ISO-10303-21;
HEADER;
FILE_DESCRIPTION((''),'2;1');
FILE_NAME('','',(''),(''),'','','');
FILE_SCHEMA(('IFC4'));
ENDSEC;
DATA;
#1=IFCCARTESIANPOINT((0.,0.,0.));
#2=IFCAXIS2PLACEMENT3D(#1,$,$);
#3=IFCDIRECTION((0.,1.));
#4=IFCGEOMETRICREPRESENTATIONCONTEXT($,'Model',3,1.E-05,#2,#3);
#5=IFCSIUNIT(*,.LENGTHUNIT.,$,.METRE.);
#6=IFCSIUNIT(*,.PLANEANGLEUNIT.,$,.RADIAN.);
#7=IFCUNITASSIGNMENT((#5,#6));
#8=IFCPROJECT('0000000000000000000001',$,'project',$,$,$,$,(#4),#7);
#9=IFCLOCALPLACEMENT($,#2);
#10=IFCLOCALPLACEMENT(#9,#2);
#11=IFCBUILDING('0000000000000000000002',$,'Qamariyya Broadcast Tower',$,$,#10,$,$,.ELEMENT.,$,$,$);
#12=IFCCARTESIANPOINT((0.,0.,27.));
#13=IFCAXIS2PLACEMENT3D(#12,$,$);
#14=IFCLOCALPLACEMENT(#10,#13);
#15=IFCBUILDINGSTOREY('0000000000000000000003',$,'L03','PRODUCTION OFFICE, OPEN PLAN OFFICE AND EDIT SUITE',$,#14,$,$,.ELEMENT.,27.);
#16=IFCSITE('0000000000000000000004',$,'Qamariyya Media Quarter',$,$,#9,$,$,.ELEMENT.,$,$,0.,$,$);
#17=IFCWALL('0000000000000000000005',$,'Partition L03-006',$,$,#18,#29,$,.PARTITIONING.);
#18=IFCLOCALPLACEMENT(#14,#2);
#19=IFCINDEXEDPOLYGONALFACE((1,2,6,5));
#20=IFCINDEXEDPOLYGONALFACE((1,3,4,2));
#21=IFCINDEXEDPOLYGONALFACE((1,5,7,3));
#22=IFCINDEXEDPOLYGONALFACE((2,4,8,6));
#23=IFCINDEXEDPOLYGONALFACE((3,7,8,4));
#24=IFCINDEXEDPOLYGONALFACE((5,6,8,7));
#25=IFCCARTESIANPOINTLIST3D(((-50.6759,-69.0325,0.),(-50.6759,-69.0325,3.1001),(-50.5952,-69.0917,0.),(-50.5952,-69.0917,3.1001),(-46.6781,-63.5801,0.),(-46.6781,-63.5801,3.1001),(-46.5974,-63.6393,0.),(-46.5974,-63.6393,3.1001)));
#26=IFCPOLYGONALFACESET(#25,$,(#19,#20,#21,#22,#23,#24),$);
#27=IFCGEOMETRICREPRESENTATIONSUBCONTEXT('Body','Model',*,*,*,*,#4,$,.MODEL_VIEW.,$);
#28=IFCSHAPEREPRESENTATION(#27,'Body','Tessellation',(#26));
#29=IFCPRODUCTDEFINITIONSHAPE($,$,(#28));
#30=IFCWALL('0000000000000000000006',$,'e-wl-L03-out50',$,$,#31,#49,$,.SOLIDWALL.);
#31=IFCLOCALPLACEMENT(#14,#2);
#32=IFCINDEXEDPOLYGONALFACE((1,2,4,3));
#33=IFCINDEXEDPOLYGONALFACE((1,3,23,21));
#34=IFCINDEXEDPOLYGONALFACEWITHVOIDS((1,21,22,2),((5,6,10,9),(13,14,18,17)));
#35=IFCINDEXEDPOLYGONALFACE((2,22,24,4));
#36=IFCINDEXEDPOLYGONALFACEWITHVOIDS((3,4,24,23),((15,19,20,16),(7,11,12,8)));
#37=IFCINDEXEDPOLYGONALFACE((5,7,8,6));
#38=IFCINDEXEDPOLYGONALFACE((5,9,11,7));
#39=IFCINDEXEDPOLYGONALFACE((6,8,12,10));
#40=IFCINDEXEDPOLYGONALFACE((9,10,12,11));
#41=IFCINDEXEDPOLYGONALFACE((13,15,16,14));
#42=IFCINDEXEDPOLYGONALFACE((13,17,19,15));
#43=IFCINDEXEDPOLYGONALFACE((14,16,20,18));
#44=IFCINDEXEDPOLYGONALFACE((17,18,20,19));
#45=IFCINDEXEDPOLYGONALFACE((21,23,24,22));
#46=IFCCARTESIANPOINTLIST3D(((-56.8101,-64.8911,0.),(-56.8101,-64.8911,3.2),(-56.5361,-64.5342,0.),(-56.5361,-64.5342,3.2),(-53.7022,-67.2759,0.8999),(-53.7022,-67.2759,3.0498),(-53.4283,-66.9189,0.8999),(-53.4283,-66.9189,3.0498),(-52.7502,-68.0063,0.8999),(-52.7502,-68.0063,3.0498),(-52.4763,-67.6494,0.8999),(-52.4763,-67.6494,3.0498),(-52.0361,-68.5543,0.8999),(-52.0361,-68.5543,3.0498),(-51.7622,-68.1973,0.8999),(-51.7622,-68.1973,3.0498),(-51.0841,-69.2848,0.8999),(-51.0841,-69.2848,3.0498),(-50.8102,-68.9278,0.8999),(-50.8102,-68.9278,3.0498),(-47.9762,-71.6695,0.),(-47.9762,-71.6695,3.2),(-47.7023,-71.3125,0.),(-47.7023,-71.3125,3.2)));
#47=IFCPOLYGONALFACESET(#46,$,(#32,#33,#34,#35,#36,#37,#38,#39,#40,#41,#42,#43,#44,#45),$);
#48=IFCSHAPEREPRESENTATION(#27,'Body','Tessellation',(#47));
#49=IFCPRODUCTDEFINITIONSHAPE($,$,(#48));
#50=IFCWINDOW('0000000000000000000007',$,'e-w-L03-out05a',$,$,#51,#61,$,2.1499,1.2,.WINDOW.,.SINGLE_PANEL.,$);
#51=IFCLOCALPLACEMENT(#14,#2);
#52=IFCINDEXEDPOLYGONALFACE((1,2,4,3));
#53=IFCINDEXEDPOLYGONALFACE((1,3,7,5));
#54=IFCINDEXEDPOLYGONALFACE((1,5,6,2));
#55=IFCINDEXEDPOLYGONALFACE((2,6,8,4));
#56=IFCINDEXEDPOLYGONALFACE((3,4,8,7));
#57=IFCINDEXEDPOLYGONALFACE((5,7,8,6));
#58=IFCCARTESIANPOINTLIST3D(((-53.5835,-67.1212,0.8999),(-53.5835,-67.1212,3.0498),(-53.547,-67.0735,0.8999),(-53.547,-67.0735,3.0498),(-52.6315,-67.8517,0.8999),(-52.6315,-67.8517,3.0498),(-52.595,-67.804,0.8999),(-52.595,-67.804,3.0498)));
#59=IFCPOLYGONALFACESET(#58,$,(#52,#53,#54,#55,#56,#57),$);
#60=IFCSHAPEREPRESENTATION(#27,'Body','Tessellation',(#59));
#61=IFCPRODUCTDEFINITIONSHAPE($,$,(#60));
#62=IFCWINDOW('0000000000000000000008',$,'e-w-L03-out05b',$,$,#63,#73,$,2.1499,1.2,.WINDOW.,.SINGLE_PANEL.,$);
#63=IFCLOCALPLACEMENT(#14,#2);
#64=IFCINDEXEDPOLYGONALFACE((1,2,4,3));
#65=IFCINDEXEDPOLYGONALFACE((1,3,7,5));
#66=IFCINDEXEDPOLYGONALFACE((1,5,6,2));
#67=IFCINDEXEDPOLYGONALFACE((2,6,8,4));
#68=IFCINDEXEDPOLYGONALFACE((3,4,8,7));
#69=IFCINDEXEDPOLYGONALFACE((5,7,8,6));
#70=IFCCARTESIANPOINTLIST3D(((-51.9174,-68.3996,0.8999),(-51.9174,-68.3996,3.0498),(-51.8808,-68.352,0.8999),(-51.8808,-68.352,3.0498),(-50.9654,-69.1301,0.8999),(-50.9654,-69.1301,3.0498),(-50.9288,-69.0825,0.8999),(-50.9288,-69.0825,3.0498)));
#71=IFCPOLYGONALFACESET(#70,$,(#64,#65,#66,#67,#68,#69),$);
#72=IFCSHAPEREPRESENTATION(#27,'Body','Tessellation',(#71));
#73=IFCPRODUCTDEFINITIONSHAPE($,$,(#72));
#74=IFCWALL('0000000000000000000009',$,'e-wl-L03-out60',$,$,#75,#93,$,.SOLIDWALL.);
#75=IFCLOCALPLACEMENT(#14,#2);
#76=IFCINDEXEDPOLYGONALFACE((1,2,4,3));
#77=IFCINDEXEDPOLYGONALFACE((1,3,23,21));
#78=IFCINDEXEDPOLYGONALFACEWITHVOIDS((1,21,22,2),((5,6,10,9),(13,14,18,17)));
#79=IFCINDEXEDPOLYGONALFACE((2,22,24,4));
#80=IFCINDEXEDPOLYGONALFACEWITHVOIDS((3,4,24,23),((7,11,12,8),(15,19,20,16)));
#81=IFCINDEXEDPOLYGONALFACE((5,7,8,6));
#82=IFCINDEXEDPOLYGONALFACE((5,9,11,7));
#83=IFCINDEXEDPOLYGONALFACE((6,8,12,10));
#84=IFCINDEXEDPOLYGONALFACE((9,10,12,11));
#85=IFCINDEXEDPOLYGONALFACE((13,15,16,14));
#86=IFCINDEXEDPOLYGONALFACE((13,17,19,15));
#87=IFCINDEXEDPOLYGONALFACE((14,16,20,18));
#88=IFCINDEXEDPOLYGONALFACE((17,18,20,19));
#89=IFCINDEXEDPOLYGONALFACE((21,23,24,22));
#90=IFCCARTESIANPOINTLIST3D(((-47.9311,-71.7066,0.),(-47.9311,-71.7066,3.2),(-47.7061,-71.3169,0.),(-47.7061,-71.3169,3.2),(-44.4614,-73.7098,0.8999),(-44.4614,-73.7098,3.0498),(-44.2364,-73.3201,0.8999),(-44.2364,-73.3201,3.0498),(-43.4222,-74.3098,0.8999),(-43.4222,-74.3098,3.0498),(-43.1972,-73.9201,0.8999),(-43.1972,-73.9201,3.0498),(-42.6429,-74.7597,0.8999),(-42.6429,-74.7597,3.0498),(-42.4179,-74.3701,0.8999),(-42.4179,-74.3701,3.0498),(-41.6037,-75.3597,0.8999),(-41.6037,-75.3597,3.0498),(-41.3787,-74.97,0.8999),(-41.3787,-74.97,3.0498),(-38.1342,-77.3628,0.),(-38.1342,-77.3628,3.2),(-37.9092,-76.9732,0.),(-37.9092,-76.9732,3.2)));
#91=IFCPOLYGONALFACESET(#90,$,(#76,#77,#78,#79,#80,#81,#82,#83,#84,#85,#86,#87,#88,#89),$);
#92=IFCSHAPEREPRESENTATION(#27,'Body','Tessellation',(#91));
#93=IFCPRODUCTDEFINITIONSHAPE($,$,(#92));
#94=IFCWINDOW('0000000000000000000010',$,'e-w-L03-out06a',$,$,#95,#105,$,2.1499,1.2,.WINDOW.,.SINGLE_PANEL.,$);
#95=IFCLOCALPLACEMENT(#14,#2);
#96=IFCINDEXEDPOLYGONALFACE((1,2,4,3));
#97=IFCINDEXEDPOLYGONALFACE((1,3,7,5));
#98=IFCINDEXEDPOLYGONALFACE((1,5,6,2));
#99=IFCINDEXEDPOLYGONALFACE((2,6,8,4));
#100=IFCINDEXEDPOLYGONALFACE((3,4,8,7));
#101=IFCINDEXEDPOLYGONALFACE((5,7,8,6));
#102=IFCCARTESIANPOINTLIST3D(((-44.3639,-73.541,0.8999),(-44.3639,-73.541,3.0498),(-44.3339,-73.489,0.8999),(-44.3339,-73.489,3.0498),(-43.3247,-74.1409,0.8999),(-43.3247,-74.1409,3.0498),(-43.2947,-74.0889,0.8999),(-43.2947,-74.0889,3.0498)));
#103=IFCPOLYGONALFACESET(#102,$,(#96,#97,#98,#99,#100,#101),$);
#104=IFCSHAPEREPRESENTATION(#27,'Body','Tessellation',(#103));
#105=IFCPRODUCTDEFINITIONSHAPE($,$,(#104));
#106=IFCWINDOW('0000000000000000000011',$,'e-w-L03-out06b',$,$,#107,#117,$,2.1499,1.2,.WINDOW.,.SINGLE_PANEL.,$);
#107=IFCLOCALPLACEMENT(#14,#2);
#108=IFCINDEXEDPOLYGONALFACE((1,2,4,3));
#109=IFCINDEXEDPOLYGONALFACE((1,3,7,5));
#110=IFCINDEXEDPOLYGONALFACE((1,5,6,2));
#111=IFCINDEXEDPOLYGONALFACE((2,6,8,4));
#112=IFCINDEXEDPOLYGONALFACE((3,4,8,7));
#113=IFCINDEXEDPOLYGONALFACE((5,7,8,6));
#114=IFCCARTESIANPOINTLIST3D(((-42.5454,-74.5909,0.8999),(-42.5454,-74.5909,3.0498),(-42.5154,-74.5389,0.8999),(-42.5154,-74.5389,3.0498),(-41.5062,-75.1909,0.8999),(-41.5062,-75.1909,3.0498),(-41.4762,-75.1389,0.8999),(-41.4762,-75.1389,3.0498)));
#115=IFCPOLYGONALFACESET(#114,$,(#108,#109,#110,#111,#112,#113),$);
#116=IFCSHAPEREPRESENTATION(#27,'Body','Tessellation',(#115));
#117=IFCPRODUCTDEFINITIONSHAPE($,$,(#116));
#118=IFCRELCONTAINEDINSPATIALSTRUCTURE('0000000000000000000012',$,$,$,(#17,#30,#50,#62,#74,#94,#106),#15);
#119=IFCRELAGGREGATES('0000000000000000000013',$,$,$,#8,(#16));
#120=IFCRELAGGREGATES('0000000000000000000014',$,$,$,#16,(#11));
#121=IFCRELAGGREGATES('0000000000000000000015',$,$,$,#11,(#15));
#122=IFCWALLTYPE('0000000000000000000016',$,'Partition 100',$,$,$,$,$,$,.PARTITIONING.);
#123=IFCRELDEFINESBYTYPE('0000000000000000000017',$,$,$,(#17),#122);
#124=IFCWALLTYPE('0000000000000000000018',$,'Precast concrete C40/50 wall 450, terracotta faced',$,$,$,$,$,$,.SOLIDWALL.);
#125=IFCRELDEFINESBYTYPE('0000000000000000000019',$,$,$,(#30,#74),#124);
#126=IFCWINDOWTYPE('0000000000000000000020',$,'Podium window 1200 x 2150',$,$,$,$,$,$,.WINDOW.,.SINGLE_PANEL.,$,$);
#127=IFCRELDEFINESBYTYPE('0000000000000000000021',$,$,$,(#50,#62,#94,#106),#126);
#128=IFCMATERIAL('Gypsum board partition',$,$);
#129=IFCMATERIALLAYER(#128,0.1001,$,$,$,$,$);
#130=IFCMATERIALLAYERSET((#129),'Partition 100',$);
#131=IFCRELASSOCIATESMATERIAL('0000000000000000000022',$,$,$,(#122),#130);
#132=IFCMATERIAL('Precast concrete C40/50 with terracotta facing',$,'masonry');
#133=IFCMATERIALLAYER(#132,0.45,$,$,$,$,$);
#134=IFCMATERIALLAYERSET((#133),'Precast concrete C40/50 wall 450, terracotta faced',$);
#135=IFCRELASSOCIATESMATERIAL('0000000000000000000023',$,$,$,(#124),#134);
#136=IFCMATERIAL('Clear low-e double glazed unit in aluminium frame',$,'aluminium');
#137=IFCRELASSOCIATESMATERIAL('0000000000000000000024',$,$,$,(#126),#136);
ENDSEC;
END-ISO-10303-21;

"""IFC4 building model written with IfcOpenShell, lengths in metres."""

from ifc_helpers import new_model, si_unit, direction, frame, frame_2d, origin, place, context, subcontext, project, spatial, rectangle, extrude, material, layer, layer_set, type_object, element, fill, save


model = new_model("IFC4")

# Units and contexts
model_context = context("Model", 3, precision=1e-05, world=origin(), true_north=direction((0.0, 1.0)))
body_context = subcontext(model_context, "Body", "Model", "MODEL_VIEW")
ifc_project = project(units=[si_unit("LENGTHUNIT", "METRE"), si_unit("PLANEANGLEUNIT", "RADIAN")], contexts=[model_context])

# Site, building, storey
site_placement = place(None, origin())
site = spatial("IfcSite", under=ifc_project, at=site_placement, Name="Qamariyya Media Quarter", CompositionType="ELEMENT", RefElevation=0.0)
building_placement = place(site_placement, origin())
building = spatial("IfcBuilding", under=site, at=building_placement, Name="Qamariyya Broadcast Tower", CompositionType="ELEMENT")
storey_placement = place(building_placement, frame((0.0, 0.0, 27.0)))
storey = spatial("IfcBuildingStorey", under=building, at=storey_placement, Name="L03", Description="PRODUCTION OFFICE, OPEN PLAN OFFICE AND EDIT SUITE", CompositionType="ELEMENT", Elevation=27.0)

# Shared definitions
ifc_material_1 = material(Name="Gypsum board partition")

# Wall
ifc_layer_1 = layer(ifc_material_1, 0.1001)
ifc_layer_set_1 = layer_set([ifc_layer_1], Name="Partition 100")
wall_type_1 = type_object("IfcWallType", Name="Partition 100", PredefinedType="PARTITIONING", material=ifc_layer_set_1)
wall_1_placement = place(storey_placement, frame((-50.6355, -69.062, 0.0), z_axis=(0.0, 0.0, 1.0), x_axis=(0.591304, 0.806449, 0.0)))
element("IfcWall", 1, at=wall_1_placement, inside=storey, type_object=wall_type_1, Name="Partition L03-006", PredefinedType="PARTITIONING", context=body_context, shape_type="SweptSolid", body=[
    extrude(rectangle(XDim=6.761, YDim=0.1001, at=frame_2d((3.3804, 0.0))), origin(), (0.0, 0.0, 1.0), 3.1001),
])

# Walls, openings, windows
ifc_material_2 = material(Name="Precast concrete C40/50 with terracotta facing", Category="masonry")
ifc_layer_2 = layer(ifc_material_2, 0.45)
ifc_layer_set_2 = layer_set([ifc_layer_2], Name="Precast concrete C40/50 wall 450, terracotta faced")
wall_type_2 = type_object("IfcWallType", Name="Precast concrete C40/50 wall 450, terracotta faced", PredefinedType="SOLIDWALL", material=ifc_layer_set_2)
wall_2_placement = place(storey_placement, frame((-56.6731, -64.7126, 0.0), z_axis=(0.0, 0.0, 1.0), x_axis=(0.793355, -0.608759, 0.0)))
wall_2 = element("IfcWall", 2, at=wall_2_placement, inside=storey, type_object=wall_type_2, Name="e-wl-L03-out50", PredefinedType="SOLIDWALL", context=body_context, shape_type="SweptSolid", body=[
    extrude(rectangle(XDim=11.1348, YDim=0.45, at=frame_2d((5.5674, 0.0))), origin(), (0.0, 0.0, 1.0), 3.2),
])
opening_1_placement = place(wall_2_placement, frame((3.9172, 0.0, 0.8999)))
opening_1 = element("IfcOpeningElement", 3, at=opening_1_placement, cuts=wall_2, PredefinedType="OPENING", context=body_context, shape_type="SweptSolid", body=[
    extrude(rectangle(XDim=1.2, YDim=2.1499, at=frame_2d((0.6001, 1.075))), frame((0.0, 0.2349, 0.0), z_axis=(0.0, -1.0, 0.0), x_axis=(1.0, 0.0, 0.0)), (0.0, 0.0, 1.0), 0.47),
])
opening_2_placement = place(wall_2_placement, frame((6.0173, 0.0, 0.8999)))
opening_2 = element("IfcOpeningElement", 4, at=opening_2_placement, cuts=wall_2, PredefinedType="OPENING", context=body_context, shape_type="SweptSolid", body=[
    extrude(rectangle(XDim=1.2, YDim=2.1499, at=frame_2d((0.6001, 1.075))), frame((0.0, 0.2349, 0.0), z_axis=(0.0, -1.0, 0.0), x_axis=(1.0, 0.0, 0.0)), (0.0, 0.0, 1.0), 0.47),
])
ifc_material_3 = material(Name="Clear low-e double glazed unit in aluminium frame", Category="aluminium")
window_type = type_object("IfcWindowType", Name="Podium window 1200 x 2150", PartitioningType="SINGLE_PANEL", PredefinedType="WINDOW", material=ifc_material_3)
window_1_placement = place(opening_1_placement, origin())
window_1 = element("IfcWindow", 5, at=window_1_placement, inside=storey, type_object=window_type, Name="e-w-L03-out05a", OverallHeight=2.1499, OverallWidth=1.2, PartitioningType="SINGLE_PANEL", PredefinedType="WINDOW", context=body_context, shape_type="SweptSolid", body=[
    extrude(rectangle(XDim=1.2, YDim=2.1499, at=frame_2d((0.6001, 1.075))), frame((0.0, 0.03, 0.0), z_axis=(0.0, -1.0, 0.0), x_axis=(1.0, 0.0, 0.0)), (0.0, 0.0, 1.0), 0.0601),
])
fill(opening_1, window_1)
window_2_placement = place(opening_2_placement, origin())
window_2 = element("IfcWindow", 6, at=window_2_placement, inside=storey, type_object=window_type, Name="e-w-L03-out05b", OverallHeight=2.1499, OverallWidth=1.2, PartitioningType="SINGLE_PANEL", PredefinedType="WINDOW", context=body_context, shape_type="SweptSolid", body=[
    extrude(rectangle(XDim=1.2, YDim=2.1499, at=frame_2d((0.6001, 1.075))), frame((0.0, 0.03, 0.0), z_axis=(0.0, -1.0, 0.0), x_axis=(1.0, 0.0, 0.0)), (0.0, 0.0, 1.0), 0.0601),
])
fill(opening_2, window_2)
wall_3_placement = place(storey_placement, frame((-47.8186, -71.5117, 0.0), z_axis=(0.0, 0.0, 1.0), x_axis=(0.866025, -0.500001, 0.0)))
wall_3 = element("IfcWall", 7, at=wall_3_placement, inside=storey, type_object=wall_type_2, Name="e-wl-L03-out60", PredefinedType="SOLIDWALL", context=body_context, shape_type="SweptSolid", body=[
    extrude(rectangle(XDim=11.3125, YDim=0.45, at=frame_2d((5.6562, 0.0))), origin(), (0.0, 0.0, 1.0), 3.2),
])
opening_3_placement = place(wall_3_placement, frame((4.0063, 0.0, 0.8999)))
opening_3 = element("IfcOpeningElement", 8, at=opening_3_placement, cuts=wall_3, PredefinedType="OPENING", context=body_context, shape_type="SweptSolid", body=[
    extrude(rectangle(XDim=1.2, YDim=2.1499, at=frame_2d((0.6001, 1.075))), frame((0.0, 0.2349, 0.0), z_axis=(0.0, -1.0, 0.0), x_axis=(1.0, 0.0, 0.0)), (0.0, 0.0, 1.0), 0.47),
])
opening_4_placement = place(wall_3_placement, frame((6.1062, 0.0, 0.8999)))
opening_4 = element("IfcOpeningElement", 9, at=opening_4_placement, cuts=wall_3, PredefinedType="OPENING", context=body_context, shape_type="SweptSolid", body=[
    extrude(rectangle(XDim=1.2, YDim=2.1499, at=frame_2d((0.6001, 1.075))), frame((0.0, 0.2349, 0.0), z_axis=(0.0, -1.0, 0.0), x_axis=(1.0, 0.0, 0.0)), (0.0, 0.0, 1.0), 0.47),
])
window_3_placement = place(opening_3_placement, origin())
window_3 = element("IfcWindow", 10, at=window_3_placement, inside=storey, type_object=window_type, Name="e-w-L03-out06a", OverallHeight=2.1499, OverallWidth=1.2, PartitioningType="SINGLE_PANEL", PredefinedType="WINDOW", context=body_context, shape_type="SweptSolid", body=[
    extrude(rectangle(XDim=1.2, YDim=2.1499, at=frame_2d((0.6001, 1.075))), frame((0.0, 0.03, 0.0), z_axis=(0.0, -1.0, 0.0), x_axis=(1.0, 0.0, 0.0)), (0.0, 0.0, 1.0), 0.0601),
])
fill(opening_3, window_3)
window_4_placement = place(opening_4_placement, origin())
window_4 = element("IfcWindow", 11, at=window_4_placement, inside=storey, type_object=window_type, Name="e-w-L03-out06b", OverallHeight=2.1499, OverallWidth=1.2, PartitioningType="SINGLE_PANEL", PredefinedType="WINDOW", context=body_context, shape_type="SweptSolid", body=[
    extrude(rectangle(XDim=1.2, YDim=2.1499, at=frame_2d((0.6001, 1.075))), frame((0.0, 0.03, 0.0), z_axis=(0.0, -1.0, 0.0), x_axis=(1.0, 0.0, 0.0)), (0.0, 0.0, 1.0), 0.0601),
])
fill(opening_4, window_4)

save(model, "model.ifc")
